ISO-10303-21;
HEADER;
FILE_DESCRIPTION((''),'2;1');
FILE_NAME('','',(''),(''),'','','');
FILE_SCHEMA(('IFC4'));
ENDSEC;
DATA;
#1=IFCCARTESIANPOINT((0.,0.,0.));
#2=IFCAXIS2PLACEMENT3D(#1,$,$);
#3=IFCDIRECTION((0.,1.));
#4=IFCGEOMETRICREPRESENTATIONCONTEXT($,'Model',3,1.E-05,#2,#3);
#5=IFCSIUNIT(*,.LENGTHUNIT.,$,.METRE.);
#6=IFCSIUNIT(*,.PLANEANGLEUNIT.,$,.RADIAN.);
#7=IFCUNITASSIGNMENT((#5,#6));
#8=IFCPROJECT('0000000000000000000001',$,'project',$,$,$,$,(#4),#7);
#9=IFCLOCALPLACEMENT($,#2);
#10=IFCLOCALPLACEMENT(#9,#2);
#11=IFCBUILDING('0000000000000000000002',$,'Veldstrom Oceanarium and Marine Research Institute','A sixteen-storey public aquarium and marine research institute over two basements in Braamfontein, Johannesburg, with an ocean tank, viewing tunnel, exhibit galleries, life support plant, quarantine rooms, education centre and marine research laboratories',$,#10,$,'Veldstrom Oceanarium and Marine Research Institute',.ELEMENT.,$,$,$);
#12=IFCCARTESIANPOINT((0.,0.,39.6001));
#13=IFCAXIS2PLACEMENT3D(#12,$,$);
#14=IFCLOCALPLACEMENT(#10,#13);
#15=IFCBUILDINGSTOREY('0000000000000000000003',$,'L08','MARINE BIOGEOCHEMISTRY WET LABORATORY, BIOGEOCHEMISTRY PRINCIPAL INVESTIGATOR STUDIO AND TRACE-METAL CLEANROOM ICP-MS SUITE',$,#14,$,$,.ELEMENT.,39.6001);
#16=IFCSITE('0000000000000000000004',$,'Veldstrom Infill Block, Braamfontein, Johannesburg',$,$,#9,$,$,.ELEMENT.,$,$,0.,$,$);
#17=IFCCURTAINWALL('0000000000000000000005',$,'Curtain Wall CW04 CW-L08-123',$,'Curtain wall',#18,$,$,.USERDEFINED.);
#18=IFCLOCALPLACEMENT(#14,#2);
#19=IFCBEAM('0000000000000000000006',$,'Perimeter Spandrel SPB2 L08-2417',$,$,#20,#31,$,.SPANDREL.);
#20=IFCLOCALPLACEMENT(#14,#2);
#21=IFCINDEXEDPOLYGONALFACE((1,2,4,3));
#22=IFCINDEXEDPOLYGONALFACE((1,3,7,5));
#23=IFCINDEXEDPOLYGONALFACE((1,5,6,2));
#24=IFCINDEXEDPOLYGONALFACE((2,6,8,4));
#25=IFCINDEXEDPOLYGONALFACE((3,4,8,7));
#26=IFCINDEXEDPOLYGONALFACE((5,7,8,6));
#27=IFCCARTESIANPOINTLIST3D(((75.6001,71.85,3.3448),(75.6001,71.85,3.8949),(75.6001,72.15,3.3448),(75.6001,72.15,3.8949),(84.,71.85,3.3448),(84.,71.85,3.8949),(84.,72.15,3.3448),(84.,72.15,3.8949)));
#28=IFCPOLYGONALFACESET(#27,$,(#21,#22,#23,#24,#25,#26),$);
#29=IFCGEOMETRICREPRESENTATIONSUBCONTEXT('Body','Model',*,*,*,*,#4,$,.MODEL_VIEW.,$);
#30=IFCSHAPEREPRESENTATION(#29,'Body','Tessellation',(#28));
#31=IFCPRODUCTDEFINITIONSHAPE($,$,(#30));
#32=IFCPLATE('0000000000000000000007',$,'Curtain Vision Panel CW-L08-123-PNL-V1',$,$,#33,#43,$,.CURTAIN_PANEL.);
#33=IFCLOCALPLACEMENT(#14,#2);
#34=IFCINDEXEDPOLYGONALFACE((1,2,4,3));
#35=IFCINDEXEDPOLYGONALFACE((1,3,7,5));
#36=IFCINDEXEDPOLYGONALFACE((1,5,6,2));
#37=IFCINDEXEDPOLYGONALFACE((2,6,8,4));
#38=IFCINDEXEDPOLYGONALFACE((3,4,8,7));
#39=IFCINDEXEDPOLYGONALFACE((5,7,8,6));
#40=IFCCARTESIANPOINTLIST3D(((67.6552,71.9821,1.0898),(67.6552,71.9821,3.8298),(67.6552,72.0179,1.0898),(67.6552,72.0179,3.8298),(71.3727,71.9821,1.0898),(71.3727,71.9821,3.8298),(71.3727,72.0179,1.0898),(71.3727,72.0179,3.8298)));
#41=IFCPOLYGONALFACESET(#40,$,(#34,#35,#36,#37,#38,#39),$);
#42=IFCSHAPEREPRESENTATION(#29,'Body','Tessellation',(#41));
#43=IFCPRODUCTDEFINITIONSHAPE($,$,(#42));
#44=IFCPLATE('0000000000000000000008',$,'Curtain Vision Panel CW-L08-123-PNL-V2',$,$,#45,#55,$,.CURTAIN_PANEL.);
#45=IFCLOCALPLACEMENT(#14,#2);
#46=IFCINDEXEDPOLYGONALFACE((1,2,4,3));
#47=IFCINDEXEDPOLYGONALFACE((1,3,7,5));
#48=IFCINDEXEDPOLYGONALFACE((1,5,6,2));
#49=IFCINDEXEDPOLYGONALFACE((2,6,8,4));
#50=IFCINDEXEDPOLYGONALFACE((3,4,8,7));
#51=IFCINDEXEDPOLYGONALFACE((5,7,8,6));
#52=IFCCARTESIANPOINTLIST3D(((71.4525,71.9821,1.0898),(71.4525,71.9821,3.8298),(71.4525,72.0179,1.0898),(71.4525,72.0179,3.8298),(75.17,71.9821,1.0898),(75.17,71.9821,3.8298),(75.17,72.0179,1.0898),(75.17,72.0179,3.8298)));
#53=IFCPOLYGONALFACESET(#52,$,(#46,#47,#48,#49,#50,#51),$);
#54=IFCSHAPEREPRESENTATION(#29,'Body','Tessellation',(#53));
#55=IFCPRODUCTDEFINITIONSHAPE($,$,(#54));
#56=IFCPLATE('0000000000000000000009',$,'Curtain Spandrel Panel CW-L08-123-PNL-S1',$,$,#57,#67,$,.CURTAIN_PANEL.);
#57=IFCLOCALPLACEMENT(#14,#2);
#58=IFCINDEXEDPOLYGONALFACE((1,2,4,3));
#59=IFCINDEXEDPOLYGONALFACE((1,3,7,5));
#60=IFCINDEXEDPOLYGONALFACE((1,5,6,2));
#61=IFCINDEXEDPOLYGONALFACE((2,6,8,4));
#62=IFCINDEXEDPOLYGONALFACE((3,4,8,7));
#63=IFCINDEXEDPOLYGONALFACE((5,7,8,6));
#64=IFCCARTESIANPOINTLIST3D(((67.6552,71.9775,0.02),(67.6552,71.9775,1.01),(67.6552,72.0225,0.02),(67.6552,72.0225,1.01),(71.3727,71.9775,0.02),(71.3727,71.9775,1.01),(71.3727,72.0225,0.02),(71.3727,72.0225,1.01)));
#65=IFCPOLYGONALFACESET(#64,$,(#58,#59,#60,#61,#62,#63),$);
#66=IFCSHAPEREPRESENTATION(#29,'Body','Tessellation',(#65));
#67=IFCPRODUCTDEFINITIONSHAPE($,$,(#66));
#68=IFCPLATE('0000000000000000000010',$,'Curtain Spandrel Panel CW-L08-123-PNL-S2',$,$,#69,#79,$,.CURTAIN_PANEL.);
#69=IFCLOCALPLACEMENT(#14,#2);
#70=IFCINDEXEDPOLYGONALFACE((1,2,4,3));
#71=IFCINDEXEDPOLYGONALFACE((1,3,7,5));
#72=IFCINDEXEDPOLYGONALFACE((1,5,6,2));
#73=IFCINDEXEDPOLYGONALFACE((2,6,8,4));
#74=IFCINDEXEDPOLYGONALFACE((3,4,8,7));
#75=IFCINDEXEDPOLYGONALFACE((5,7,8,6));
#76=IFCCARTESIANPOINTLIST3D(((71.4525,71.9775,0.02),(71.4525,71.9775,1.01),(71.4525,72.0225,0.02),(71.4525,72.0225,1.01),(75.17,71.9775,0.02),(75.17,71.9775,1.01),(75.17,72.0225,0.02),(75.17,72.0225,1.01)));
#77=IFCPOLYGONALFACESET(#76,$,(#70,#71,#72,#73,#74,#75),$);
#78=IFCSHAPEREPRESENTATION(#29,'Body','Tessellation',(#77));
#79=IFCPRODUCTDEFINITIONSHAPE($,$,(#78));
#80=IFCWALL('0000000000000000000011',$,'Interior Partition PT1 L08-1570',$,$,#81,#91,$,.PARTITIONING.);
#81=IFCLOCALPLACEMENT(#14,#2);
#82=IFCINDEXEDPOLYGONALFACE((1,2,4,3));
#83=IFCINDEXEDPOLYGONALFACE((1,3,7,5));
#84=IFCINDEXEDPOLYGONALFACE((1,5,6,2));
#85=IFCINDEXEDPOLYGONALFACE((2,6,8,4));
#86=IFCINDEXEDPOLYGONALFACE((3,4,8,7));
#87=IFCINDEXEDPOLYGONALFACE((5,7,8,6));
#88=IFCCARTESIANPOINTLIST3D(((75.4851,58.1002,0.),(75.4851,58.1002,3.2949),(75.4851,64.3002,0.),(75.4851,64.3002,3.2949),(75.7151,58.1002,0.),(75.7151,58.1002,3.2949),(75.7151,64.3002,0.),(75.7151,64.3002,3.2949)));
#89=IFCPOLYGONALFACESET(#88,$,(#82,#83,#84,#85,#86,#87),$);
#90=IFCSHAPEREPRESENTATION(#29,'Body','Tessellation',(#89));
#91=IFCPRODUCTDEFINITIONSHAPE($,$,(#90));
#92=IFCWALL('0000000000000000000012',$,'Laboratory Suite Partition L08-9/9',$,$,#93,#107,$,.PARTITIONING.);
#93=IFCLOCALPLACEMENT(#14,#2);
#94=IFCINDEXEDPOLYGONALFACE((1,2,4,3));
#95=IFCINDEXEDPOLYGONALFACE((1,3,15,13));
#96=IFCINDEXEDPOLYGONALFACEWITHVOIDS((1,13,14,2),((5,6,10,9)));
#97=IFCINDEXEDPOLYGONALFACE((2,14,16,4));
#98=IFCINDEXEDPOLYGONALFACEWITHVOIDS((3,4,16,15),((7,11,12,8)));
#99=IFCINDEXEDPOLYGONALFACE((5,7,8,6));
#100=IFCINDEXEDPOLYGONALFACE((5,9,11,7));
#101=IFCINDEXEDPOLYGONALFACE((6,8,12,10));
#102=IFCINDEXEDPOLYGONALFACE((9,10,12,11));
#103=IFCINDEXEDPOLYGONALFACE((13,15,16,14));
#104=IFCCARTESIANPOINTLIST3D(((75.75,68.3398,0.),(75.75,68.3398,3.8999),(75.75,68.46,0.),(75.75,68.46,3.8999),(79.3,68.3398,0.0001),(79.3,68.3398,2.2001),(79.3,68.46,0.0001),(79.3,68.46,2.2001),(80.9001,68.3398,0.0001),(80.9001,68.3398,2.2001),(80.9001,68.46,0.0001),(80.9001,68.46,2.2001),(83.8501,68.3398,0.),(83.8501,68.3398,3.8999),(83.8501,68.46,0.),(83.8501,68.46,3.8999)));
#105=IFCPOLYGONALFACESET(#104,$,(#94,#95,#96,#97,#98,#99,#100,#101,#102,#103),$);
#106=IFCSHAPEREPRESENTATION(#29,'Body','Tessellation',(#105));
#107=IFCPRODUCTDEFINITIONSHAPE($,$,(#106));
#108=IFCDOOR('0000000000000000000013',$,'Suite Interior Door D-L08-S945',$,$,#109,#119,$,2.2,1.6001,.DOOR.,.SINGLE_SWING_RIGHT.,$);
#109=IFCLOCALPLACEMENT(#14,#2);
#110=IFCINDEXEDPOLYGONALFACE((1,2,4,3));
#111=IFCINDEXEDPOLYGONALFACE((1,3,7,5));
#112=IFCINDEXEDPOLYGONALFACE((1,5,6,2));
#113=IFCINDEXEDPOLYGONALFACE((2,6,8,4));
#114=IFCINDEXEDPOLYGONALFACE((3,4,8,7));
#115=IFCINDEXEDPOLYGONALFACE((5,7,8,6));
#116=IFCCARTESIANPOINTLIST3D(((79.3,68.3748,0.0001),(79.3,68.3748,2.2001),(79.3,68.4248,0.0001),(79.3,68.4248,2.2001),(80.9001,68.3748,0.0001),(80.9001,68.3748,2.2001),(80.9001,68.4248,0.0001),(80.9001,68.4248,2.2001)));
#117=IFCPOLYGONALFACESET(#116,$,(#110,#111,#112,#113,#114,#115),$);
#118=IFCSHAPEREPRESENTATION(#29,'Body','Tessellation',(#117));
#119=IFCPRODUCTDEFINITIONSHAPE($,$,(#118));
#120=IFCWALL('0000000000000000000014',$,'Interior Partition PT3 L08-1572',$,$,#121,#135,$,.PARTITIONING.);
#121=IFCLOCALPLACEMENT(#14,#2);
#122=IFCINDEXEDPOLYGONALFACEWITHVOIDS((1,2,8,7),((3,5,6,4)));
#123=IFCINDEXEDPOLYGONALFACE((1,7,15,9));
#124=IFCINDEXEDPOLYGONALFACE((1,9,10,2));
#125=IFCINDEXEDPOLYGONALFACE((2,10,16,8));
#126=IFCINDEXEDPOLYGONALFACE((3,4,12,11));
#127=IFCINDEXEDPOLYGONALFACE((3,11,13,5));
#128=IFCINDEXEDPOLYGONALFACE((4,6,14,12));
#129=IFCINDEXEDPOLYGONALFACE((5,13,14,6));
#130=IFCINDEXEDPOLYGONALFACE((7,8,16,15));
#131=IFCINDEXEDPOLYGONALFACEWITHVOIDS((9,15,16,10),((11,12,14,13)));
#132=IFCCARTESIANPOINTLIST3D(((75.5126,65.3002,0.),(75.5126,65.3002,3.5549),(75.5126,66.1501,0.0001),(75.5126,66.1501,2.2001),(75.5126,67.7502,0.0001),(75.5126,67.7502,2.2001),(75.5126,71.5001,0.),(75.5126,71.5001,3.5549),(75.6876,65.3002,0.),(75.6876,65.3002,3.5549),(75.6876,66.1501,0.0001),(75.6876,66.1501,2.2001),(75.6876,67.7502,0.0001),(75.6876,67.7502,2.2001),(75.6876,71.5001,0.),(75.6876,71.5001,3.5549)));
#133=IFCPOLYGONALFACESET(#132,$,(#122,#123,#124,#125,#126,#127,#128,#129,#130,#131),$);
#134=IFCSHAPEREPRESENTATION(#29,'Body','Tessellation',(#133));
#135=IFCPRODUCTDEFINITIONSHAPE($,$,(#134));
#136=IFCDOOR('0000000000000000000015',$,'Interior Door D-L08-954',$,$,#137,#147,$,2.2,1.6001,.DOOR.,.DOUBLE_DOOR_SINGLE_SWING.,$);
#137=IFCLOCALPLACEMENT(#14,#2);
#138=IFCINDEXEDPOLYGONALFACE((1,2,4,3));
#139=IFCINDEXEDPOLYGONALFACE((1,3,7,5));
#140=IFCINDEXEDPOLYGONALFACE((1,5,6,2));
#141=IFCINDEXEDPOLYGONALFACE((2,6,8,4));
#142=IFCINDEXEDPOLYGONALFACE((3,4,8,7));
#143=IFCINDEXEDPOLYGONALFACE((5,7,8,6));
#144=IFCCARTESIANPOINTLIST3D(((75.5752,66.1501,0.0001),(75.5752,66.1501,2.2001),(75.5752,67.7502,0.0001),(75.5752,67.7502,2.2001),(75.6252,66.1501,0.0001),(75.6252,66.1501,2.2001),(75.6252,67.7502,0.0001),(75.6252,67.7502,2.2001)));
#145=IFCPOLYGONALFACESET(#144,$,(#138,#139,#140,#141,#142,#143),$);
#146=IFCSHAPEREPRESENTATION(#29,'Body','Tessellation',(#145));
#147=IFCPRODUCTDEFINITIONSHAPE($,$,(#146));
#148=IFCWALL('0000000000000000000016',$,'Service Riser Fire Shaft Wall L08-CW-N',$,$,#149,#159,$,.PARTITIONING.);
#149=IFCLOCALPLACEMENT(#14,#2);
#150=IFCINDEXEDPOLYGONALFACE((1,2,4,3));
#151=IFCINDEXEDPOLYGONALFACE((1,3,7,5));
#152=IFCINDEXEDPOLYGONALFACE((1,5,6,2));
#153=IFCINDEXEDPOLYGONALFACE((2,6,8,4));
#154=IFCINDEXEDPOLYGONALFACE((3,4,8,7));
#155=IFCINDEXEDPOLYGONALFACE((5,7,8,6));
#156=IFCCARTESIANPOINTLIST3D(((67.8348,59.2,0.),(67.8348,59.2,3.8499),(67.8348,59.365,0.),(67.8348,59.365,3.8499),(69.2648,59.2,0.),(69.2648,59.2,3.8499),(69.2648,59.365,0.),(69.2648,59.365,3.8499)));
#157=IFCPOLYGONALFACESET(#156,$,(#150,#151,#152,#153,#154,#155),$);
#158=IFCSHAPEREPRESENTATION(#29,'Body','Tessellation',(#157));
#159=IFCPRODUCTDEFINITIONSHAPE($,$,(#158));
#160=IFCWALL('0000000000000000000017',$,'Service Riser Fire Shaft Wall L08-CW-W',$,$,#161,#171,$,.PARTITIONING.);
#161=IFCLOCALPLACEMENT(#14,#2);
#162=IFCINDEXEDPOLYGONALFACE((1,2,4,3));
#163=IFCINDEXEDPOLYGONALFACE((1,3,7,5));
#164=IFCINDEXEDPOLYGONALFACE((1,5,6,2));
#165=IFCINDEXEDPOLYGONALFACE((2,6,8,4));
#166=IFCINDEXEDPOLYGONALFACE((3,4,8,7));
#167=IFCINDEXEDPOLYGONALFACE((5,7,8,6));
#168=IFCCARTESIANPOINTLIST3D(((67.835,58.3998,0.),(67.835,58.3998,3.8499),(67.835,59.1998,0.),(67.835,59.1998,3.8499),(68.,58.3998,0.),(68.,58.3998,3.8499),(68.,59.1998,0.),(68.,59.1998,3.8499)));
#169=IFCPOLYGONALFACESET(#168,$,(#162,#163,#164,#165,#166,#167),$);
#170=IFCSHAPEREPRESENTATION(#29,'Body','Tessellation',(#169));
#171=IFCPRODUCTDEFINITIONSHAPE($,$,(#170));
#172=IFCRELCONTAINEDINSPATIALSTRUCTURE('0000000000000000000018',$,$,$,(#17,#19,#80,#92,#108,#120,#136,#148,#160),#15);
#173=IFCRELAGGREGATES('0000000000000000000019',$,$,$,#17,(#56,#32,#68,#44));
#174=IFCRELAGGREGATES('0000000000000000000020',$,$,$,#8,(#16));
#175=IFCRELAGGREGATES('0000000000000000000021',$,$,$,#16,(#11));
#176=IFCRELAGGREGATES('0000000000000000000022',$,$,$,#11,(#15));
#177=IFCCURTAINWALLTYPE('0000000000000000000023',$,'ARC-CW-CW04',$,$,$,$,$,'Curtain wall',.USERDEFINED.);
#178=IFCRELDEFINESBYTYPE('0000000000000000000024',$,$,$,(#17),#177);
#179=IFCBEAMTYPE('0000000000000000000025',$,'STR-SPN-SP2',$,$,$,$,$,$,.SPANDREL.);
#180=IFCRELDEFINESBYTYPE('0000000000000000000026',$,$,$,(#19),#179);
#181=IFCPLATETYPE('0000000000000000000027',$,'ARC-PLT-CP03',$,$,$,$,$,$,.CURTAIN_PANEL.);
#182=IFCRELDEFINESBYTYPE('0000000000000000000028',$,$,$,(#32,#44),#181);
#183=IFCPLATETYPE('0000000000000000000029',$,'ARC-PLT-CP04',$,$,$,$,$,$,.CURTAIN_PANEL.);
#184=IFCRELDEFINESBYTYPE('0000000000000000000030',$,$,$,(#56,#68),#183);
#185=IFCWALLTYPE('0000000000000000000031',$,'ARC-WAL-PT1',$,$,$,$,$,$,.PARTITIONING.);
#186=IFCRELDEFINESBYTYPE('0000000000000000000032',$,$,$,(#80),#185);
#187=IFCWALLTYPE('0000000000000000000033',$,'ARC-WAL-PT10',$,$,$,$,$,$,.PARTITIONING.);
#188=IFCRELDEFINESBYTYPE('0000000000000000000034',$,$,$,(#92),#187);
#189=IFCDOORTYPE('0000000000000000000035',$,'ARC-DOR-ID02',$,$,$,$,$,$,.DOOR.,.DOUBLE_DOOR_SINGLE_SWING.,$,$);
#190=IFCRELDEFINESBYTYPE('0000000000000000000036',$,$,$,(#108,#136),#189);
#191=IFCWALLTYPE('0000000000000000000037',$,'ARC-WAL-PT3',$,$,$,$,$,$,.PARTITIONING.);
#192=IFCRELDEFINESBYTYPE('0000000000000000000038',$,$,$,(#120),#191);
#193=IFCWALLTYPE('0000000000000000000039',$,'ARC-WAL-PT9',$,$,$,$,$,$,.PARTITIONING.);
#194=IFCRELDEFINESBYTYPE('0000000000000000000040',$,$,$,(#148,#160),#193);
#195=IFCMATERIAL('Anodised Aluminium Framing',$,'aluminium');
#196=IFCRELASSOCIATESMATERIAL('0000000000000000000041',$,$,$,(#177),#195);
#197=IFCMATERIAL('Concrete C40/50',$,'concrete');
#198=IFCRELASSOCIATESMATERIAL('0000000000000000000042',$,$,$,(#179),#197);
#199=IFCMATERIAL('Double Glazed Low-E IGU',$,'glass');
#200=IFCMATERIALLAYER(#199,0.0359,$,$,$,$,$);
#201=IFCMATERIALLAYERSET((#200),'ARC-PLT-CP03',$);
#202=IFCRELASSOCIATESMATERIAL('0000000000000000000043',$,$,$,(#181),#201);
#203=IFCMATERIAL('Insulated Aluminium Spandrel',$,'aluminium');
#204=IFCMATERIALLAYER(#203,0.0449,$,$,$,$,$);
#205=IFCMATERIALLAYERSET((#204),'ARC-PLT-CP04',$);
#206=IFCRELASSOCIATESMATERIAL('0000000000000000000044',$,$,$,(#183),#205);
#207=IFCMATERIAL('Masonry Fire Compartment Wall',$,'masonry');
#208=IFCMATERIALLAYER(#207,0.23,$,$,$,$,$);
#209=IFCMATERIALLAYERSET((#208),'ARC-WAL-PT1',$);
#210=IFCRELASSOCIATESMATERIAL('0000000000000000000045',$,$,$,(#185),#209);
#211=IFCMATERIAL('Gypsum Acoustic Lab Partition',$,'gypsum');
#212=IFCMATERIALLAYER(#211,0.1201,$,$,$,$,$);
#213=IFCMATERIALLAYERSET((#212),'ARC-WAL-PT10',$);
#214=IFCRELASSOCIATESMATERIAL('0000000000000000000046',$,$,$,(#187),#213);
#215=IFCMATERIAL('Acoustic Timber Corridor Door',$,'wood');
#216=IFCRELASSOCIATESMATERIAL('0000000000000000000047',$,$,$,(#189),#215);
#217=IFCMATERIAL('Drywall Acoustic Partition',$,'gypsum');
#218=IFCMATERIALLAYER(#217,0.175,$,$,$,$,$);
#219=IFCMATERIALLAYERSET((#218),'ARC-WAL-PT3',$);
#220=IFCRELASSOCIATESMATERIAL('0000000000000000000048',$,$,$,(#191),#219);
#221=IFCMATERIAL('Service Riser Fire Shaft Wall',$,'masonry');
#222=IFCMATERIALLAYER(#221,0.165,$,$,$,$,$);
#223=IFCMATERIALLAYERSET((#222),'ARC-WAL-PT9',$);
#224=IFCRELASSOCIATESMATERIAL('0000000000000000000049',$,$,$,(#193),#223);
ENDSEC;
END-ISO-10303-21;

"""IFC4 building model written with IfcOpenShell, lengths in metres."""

from ifc_helpers import new_model, si_unit, direction, frame, frame_2d, origin, origin_2d, place, context, subcontext, project, spatial, rectangle, extrude, material, layer, layer_set, material_profile, profile_set, type_object, element, fill, aggregate, save


model = new_model("IFC4")

# Units and contexts
model_context = context("Model", 3, precision=1e-05, world=origin(), true_north=direction((0.0, 1.0)))
body_context = subcontext(model_context, "Body", "Model", "MODEL_VIEW")
ifc_project = project(units=[si_unit("LENGTHUNIT", "METRE"), si_unit("PLANEANGLEUNIT", "RADIAN")], contexts=[model_context])

# Site, building, storey
site_placement = place(None, origin())
site = spatial("IfcSite", under=ifc_project, at=site_placement, Name="Veldstrom Infill Block, Braamfontein, Johannesburg", CompositionType="ELEMENT", RefElevation=0.0)
building_placement = place(site_placement, origin())
building = spatial("IfcBuilding", under=site, at=building_placement, Name="Veldstrom Oceanarium and Marine Research Institute", Description="A sixteen-storey public aquarium and marine research institute over two basements in Braamfontein, Johannesburg, with an ocean tank, viewing tunnel, exhibit galleries, life support plant, quarantine rooms, education centre and marine research laboratories", LongName="Veldstrom Oceanarium and Marine Research Institute", CompositionType="ELEMENT")
storey_placement = place(building_placement, frame((0.0, 0.0, 39.6001)))
storey = spatial("IfcBuildingStorey", under=building, at=storey_placement, Name="L08", Description="MARINE BIOGEOCHEMISTRY WET LABORATORY, BIOGEOCHEMISTRY PRINCIPAL INVESTIGATOR STUDIO AND TRACE-METAL CLEANROOM ICP-MS SUITE", CompositionType="ELEMENT", Elevation=39.6001)

# Curtain wall
ifc_material_1 = material(Name="Anodised Aluminium Framing", Category="aluminium")
curtain_wall_type = type_object("IfcCurtainWallType", Name="ARC-CW-CW04", ElementType="Curtain wall", PredefinedType="USERDEFINED", material=ifc_material_1)
curtain_wall_placement = place(storey_placement, origin())
curtain_wall = element("IfcCurtainWall", 1, at=curtain_wall_placement, inside=storey, type_object=curtain_wall_type, Name="Curtain Wall CW04 CW-L08-123", ObjectType="Curtain wall", PredefinedType="USERDEFINED")

# Beam
ifc_material_2 = material(Name="Concrete C40/50", Category="concrete")
ifc_material_profile_1 = material_profile(ifc_material_2, rectangle(XDim=0.3, YDim=0.55, at=origin_2d()), Name="RC-SPN-300x550")
ifc_profile_set_1 = profile_set([ifc_material_profile_1], Name="Concrete C40/50")
beam_type_1 = type_object("IfcBeamType", Name="STR-SPN-SP2", PredefinedType="SPANDREL", material=ifc_profile_set_1)
beam_1_placement = place(storey_placement, frame((75.6001, 72.0, 3.6199), z_axis=(1.0, 0.0, 0.0), x_axis=(0.0, 1.0, 0.0)))
element("IfcBeam", 2, at=beam_1_placement, inside=storey, type_object=beam_type_1, Name="Perimeter Spandrel SPB2 L08-2417", PredefinedType="SPANDREL", context=body_context, shape_type="SweptSolid", body=[
    extrude(rectangle(XDim=0.3, YDim=0.55, at=origin_2d()), origin(), (0.0, 0.0, 1.0), 8.3999),
])

# Plates
ifc_material_3 = material(Name="Double Glazed Low-E IGU", Category="glass")
ifc_layer_1 = layer(ifc_material_3, 0.0359)
ifc_layer_set_1 = layer_set([ifc_layer_1], Name="ARC-PLT-CP03")
plate_type_1 = type_object("IfcPlateType", Name="ARC-PLT-CP03", PredefinedType="CURTAIN_PANEL", material=ifc_layer_set_1)
plate_1_placement = place(storey_placement, frame((69.5139, 72.0, 1.0898), z_axis=(0.0, 0.0, 1.0), x_axis=(1.0, 0.0, 0.0)))
plate_1 = element("IfcPlate", 3, at=plate_1_placement, type_object=plate_type_1, Name="Curtain Vision Panel CW-L08-123-PNL-V1", PredefinedType="CURTAIN_PANEL", context=body_context, shape_type="SweptSolid", body=[
    extrude(rectangle(XDim=3.7175, YDim=0.0359, at=origin_2d()), origin(), (0.0, 0.0, 1.0), 2.74),
])
plate_2_placement = place(storey_placement, frame((73.3113, 72.0, 1.0898), z_axis=(0.0, 0.0, 1.0), x_axis=(1.0, 0.0, 0.0)))
plate_2 = element("IfcPlate", 4, at=plate_2_placement, type_object=plate_type_1, Name="Curtain Vision Panel CW-L08-123-PNL-V2", PredefinedType="CURTAIN_PANEL", context=body_context, shape_type="SweptSolid", body=[
    extrude(rectangle(XDim=3.7175, YDim=0.0359, at=origin_2d()), origin(), (0.0, 0.0, 1.0), 2.74),
])
ifc_material_4 = material(Name="Insulated Aluminium Spandrel", Category="aluminium")
ifc_layer_2 = layer(ifc_material_4, 0.0449)
ifc_layer_set_2 = layer_set([ifc_layer_2], Name="ARC-PLT-CP04")
plate_type_2 = type_object("IfcPlateType", Name="ARC-PLT-CP04", PredefinedType="CURTAIN_PANEL", material=ifc_layer_set_2)
plate_3_placement = place(storey_placement, frame((69.5139, 72.0, 0.02), z_axis=(0.0, 0.0, 1.0), x_axis=(1.0, 0.0, 0.0)))
plate_3 = element("IfcPlate", 5, at=plate_3_placement, type_object=plate_type_2, Name="Curtain Spandrel Panel CW-L08-123-PNL-S1", PredefinedType="CURTAIN_PANEL", context=body_context, shape_type="SweptSolid", body=[
    extrude(rectangle(XDim=3.7175, YDim=0.0449, at=origin_2d()), origin(), (0.0, 0.0, 1.0), 0.99),
])
plate_4_placement = place(storey_placement, frame((73.3113, 72.0, 0.02), z_axis=(0.0, 0.0, 1.0), x_axis=(1.0, 0.0, 0.0)))
plate_4 = element("IfcPlate", 6, at=plate_4_placement, type_object=plate_type_2, Name="Curtain Spandrel Panel CW-L08-123-PNL-S2", PredefinedType="CURTAIN_PANEL", context=body_context, shape_type="SweptSolid", body=[
    extrude(rectangle(XDim=3.7175, YDim=0.0449, at=origin_2d()), origin(), (0.0, 0.0, 1.0), 0.99),
])
aggregate(curtain_wall, [plate_3, plate_1, plate_4, plate_2])

# Wall
ifc_material_5 = material(Name="Masonry Fire Compartment Wall", Category="masonry")
ifc_layer_3 = layer(ifc_material_5, 0.23)
ifc_layer_set_3 = layer_set([ifc_layer_3], Name="ARC-WAL-PT1")
wall_type_1 = type_object("IfcWallType", Name="ARC-WAL-PT1", PredefinedType="PARTITIONING", material=ifc_layer_set_3)
wall_1_placement = place(storey_placement, frame((75.6001, 58.1001, 0.0), z_axis=(0.0, 0.0, 1.0), x_axis=(0.0, 1.0, 0.0)))
element("IfcWall", 7, at=wall_1_placement, inside=storey, type_object=wall_type_1, Name="Interior Partition PT1 L08-1570", PredefinedType="PARTITIONING", context=body_context, shape_type="SweptSolid", body=[
    extrude(rectangle(XDim=6.2, YDim=0.23, at=frame_2d((3.1001, 0.0))), origin(), (0.0, 0.0, 1.0), 3.2949),
])

# Walls, openings, doors
ifc_material_6 = material(Name="Gypsum Acoustic Lab Partition", Category="gypsum")
ifc_layer_4 = layer(ifc_material_6, 0.1201)
ifc_layer_set_4 = layer_set([ifc_layer_4], Name="ARC-WAL-PT10")
wall_type_2 = type_object("IfcWallType", Name="ARC-WAL-PT10", PredefinedType="PARTITIONING", material=ifc_layer_set_4)
wall_2_placement = place(storey_placement, frame((75.75, 68.3999, 0.0), z_axis=(0.0, 0.0, 1.0), x_axis=(1.0, 0.0, 0.0)))
wall_2 = element("IfcWall", 8, at=wall_2_placement, inside=storey, type_object=wall_type_2, Name="Laboratory Suite Partition L08-9/9", PredefinedType="PARTITIONING", context=body_context, shape_type="SweptSolid", body=[
    extrude(rectangle(XDim=8.1001, YDim=0.1201, at=frame_2d((4.05, 0.0))), origin(), (0.0, 0.0, 1.0), 3.8999),
])
opening_1_placement = place(wall_2_placement, frame((3.55, 0.0, 0.0)))
opening_1 = element("IfcOpeningElement", 9, at=opening_1_placement, cuts=wall_2, PredefinedType="OPENING", context=body_context, shape_type="SweptSolid", body=[
    extrude(rectangle(XDim=1.6001, YDim=2.2, at=frame_2d((0.8, 1.1001))), frame((0.0, 0.0701, 0.0), z_axis=(0.0, -1.0, 0.0), x_axis=(1.0, 0.0, 0.0)), (0.0, 0.0, 1.0), 0.1401),
])
ifc_material_7 = material(Name="Acoustic Timber Corridor Door", Category="wood")
door_type = type_object("IfcDoorType", Name="ARC-DOR-ID02", OperationType="DOUBLE_DOOR_SINGLE_SWING", PredefinedType="DOOR", material=ifc_material_7)
door_1_placement = place(opening_1_placement, origin())
door_1 = element("IfcDoor", 10, at=door_1_placement, inside=storey, type_object=door_type, Name="Suite Interior Door D-L08-S945", OperationType="SINGLE_SWING_RIGHT", OverallHeight=2.2, OverallWidth=1.6001, PredefinedType="DOOR", context=body_context, shape_type="SweptSolid", body=[
    extrude(rectangle(XDim=1.6001, YDim=2.2, at=frame_2d((0.8, 1.1001))), frame((0.0, 0.0249, 0.0), z_axis=(0.0, -1.0, 0.0), x_axis=(1.0, 0.0, 0.0)), (0.0, 0.0, 1.0), 0.05),
])
fill(opening_1, door_1)
ifc_material_8 = material(Name="Drywall Acoustic Partition", Category="gypsum")
ifc_layer_5 = layer(ifc_material_8, 0.175)
ifc_layer_set_5 = layer_set([ifc_layer_5], Name="ARC-WAL-PT3")
wall_type_3 = type_object("IfcWallType", Name="ARC-WAL-PT3", PredefinedType="PARTITIONING", material=ifc_layer_set_5)
wall_3_placement = place(storey_placement, frame((75.6001, 65.3, 0.0), z_axis=(0.0, 0.0, 1.0), x_axis=(0.0, 1.0, 0.0)))
wall_3 = element("IfcWall", 11, at=wall_3_placement, inside=storey, type_object=wall_type_3, Name="Interior Partition PT3 L08-1572", PredefinedType="PARTITIONING", context=body_context, shape_type="SweptSolid", body=[
    extrude(rectangle(XDim=6.2, YDim=0.175, at=frame_2d((3.1001, 0.0))), origin(), (0.0, 0.0, 1.0), 3.5549),
])
opening_2_placement = place(wall_3_placement, frame((0.8501, 0.0, 0.0)))
opening_2 = element("IfcOpeningElement", 12, at=opening_2_placement, cuts=wall_3, PredefinedType="OPENING", context=body_context, shape_type="SweptSolid", body=[
    extrude(rectangle(XDim=1.6001, YDim=2.2, at=frame_2d((0.8, 1.1001))), frame((0.0, 0.0974, 0.0), z_axis=(0.0, -1.0, 0.0), x_axis=(1.0, 0.0, 0.0)), (0.0, 0.0, 1.0), 0.1951),
])
door_2_placement = place(opening_2_placement, origin())
door_2 = element("IfcDoor", 13, at=door_2_placement, inside=storey, type_object=door_type, Name="Interior Door D-L08-954", OperationType="DOUBLE_DOOR_SINGLE_SWING", OverallHeight=2.2, OverallWidth=1.6001, PredefinedType="DOOR", context=body_context, shape_type="SweptSolid", body=[
    extrude(rectangle(XDim=1.6001, YDim=2.2, at=frame_2d((0.8, 1.1001))), frame((0.0, 0.0249, 0.0), z_axis=(0.0, -1.0, 0.0), x_axis=(1.0, 0.0, 0.0)), (0.0, 0.0, 1.0), 0.05),
])
fill(opening_2, door_2)

# Walls
ifc_material_9 = material(Name="Service Riser Fire Shaft Wall", Category="masonry")
ifc_layer_6 = layer(ifc_material_9, 0.165)
ifc_layer_set_6 = layer_set([ifc_layer_6], Name="ARC-WAL-PT9")
wall_type_4 = type_object("IfcWallType", Name="ARC-WAL-PT9", PredefinedType="PARTITIONING", material=ifc_layer_set_6)
wall_4_placement = place(storey_placement, frame((67.835, 59.2825, 0.0), z_axis=(0.0, 0.0, 1.0), x_axis=(1.0, 0.0, 0.0)))
element("IfcWall", 14, at=wall_4_placement, inside=storey, type_object=wall_type_4, Name="Service Riser Fire Shaft Wall L08-CW-N", PredefinedType="PARTITIONING", context=body_context, shape_type="SweptSolid", body=[
    extrude(rectangle(XDim=1.4299, YDim=0.165, at=frame_2d((0.7148, 0.0))), origin(), (0.0, 0.0, 1.0), 3.8499),
])
for number, where, z_axis, x_axis, name in (
    (15, (67.9175, 58.3999, 0.0), (0.0, 0.0, 1.0), (0.0, 1.0, 0.0), "Service Riser Fire Shaft Wall L08-CW-W"),
):
    element("IfcWall", number, at=place(storey_placement, frame(where, z_axis=z_axis, x_axis=x_axis)), inside=storey, type_object=wall_type_4, Name=name, PredefinedType="PARTITIONING", context=body_context, shape_type="SweptSolid", body=[
        extrude(rectangle(XDim=0.8, YDim=0.165, at=frame_2d((0.3999, 0.0))), origin(), (0.0, 0.0, 1.0), 3.8499),
    ])

save(model, "model.ifc")
